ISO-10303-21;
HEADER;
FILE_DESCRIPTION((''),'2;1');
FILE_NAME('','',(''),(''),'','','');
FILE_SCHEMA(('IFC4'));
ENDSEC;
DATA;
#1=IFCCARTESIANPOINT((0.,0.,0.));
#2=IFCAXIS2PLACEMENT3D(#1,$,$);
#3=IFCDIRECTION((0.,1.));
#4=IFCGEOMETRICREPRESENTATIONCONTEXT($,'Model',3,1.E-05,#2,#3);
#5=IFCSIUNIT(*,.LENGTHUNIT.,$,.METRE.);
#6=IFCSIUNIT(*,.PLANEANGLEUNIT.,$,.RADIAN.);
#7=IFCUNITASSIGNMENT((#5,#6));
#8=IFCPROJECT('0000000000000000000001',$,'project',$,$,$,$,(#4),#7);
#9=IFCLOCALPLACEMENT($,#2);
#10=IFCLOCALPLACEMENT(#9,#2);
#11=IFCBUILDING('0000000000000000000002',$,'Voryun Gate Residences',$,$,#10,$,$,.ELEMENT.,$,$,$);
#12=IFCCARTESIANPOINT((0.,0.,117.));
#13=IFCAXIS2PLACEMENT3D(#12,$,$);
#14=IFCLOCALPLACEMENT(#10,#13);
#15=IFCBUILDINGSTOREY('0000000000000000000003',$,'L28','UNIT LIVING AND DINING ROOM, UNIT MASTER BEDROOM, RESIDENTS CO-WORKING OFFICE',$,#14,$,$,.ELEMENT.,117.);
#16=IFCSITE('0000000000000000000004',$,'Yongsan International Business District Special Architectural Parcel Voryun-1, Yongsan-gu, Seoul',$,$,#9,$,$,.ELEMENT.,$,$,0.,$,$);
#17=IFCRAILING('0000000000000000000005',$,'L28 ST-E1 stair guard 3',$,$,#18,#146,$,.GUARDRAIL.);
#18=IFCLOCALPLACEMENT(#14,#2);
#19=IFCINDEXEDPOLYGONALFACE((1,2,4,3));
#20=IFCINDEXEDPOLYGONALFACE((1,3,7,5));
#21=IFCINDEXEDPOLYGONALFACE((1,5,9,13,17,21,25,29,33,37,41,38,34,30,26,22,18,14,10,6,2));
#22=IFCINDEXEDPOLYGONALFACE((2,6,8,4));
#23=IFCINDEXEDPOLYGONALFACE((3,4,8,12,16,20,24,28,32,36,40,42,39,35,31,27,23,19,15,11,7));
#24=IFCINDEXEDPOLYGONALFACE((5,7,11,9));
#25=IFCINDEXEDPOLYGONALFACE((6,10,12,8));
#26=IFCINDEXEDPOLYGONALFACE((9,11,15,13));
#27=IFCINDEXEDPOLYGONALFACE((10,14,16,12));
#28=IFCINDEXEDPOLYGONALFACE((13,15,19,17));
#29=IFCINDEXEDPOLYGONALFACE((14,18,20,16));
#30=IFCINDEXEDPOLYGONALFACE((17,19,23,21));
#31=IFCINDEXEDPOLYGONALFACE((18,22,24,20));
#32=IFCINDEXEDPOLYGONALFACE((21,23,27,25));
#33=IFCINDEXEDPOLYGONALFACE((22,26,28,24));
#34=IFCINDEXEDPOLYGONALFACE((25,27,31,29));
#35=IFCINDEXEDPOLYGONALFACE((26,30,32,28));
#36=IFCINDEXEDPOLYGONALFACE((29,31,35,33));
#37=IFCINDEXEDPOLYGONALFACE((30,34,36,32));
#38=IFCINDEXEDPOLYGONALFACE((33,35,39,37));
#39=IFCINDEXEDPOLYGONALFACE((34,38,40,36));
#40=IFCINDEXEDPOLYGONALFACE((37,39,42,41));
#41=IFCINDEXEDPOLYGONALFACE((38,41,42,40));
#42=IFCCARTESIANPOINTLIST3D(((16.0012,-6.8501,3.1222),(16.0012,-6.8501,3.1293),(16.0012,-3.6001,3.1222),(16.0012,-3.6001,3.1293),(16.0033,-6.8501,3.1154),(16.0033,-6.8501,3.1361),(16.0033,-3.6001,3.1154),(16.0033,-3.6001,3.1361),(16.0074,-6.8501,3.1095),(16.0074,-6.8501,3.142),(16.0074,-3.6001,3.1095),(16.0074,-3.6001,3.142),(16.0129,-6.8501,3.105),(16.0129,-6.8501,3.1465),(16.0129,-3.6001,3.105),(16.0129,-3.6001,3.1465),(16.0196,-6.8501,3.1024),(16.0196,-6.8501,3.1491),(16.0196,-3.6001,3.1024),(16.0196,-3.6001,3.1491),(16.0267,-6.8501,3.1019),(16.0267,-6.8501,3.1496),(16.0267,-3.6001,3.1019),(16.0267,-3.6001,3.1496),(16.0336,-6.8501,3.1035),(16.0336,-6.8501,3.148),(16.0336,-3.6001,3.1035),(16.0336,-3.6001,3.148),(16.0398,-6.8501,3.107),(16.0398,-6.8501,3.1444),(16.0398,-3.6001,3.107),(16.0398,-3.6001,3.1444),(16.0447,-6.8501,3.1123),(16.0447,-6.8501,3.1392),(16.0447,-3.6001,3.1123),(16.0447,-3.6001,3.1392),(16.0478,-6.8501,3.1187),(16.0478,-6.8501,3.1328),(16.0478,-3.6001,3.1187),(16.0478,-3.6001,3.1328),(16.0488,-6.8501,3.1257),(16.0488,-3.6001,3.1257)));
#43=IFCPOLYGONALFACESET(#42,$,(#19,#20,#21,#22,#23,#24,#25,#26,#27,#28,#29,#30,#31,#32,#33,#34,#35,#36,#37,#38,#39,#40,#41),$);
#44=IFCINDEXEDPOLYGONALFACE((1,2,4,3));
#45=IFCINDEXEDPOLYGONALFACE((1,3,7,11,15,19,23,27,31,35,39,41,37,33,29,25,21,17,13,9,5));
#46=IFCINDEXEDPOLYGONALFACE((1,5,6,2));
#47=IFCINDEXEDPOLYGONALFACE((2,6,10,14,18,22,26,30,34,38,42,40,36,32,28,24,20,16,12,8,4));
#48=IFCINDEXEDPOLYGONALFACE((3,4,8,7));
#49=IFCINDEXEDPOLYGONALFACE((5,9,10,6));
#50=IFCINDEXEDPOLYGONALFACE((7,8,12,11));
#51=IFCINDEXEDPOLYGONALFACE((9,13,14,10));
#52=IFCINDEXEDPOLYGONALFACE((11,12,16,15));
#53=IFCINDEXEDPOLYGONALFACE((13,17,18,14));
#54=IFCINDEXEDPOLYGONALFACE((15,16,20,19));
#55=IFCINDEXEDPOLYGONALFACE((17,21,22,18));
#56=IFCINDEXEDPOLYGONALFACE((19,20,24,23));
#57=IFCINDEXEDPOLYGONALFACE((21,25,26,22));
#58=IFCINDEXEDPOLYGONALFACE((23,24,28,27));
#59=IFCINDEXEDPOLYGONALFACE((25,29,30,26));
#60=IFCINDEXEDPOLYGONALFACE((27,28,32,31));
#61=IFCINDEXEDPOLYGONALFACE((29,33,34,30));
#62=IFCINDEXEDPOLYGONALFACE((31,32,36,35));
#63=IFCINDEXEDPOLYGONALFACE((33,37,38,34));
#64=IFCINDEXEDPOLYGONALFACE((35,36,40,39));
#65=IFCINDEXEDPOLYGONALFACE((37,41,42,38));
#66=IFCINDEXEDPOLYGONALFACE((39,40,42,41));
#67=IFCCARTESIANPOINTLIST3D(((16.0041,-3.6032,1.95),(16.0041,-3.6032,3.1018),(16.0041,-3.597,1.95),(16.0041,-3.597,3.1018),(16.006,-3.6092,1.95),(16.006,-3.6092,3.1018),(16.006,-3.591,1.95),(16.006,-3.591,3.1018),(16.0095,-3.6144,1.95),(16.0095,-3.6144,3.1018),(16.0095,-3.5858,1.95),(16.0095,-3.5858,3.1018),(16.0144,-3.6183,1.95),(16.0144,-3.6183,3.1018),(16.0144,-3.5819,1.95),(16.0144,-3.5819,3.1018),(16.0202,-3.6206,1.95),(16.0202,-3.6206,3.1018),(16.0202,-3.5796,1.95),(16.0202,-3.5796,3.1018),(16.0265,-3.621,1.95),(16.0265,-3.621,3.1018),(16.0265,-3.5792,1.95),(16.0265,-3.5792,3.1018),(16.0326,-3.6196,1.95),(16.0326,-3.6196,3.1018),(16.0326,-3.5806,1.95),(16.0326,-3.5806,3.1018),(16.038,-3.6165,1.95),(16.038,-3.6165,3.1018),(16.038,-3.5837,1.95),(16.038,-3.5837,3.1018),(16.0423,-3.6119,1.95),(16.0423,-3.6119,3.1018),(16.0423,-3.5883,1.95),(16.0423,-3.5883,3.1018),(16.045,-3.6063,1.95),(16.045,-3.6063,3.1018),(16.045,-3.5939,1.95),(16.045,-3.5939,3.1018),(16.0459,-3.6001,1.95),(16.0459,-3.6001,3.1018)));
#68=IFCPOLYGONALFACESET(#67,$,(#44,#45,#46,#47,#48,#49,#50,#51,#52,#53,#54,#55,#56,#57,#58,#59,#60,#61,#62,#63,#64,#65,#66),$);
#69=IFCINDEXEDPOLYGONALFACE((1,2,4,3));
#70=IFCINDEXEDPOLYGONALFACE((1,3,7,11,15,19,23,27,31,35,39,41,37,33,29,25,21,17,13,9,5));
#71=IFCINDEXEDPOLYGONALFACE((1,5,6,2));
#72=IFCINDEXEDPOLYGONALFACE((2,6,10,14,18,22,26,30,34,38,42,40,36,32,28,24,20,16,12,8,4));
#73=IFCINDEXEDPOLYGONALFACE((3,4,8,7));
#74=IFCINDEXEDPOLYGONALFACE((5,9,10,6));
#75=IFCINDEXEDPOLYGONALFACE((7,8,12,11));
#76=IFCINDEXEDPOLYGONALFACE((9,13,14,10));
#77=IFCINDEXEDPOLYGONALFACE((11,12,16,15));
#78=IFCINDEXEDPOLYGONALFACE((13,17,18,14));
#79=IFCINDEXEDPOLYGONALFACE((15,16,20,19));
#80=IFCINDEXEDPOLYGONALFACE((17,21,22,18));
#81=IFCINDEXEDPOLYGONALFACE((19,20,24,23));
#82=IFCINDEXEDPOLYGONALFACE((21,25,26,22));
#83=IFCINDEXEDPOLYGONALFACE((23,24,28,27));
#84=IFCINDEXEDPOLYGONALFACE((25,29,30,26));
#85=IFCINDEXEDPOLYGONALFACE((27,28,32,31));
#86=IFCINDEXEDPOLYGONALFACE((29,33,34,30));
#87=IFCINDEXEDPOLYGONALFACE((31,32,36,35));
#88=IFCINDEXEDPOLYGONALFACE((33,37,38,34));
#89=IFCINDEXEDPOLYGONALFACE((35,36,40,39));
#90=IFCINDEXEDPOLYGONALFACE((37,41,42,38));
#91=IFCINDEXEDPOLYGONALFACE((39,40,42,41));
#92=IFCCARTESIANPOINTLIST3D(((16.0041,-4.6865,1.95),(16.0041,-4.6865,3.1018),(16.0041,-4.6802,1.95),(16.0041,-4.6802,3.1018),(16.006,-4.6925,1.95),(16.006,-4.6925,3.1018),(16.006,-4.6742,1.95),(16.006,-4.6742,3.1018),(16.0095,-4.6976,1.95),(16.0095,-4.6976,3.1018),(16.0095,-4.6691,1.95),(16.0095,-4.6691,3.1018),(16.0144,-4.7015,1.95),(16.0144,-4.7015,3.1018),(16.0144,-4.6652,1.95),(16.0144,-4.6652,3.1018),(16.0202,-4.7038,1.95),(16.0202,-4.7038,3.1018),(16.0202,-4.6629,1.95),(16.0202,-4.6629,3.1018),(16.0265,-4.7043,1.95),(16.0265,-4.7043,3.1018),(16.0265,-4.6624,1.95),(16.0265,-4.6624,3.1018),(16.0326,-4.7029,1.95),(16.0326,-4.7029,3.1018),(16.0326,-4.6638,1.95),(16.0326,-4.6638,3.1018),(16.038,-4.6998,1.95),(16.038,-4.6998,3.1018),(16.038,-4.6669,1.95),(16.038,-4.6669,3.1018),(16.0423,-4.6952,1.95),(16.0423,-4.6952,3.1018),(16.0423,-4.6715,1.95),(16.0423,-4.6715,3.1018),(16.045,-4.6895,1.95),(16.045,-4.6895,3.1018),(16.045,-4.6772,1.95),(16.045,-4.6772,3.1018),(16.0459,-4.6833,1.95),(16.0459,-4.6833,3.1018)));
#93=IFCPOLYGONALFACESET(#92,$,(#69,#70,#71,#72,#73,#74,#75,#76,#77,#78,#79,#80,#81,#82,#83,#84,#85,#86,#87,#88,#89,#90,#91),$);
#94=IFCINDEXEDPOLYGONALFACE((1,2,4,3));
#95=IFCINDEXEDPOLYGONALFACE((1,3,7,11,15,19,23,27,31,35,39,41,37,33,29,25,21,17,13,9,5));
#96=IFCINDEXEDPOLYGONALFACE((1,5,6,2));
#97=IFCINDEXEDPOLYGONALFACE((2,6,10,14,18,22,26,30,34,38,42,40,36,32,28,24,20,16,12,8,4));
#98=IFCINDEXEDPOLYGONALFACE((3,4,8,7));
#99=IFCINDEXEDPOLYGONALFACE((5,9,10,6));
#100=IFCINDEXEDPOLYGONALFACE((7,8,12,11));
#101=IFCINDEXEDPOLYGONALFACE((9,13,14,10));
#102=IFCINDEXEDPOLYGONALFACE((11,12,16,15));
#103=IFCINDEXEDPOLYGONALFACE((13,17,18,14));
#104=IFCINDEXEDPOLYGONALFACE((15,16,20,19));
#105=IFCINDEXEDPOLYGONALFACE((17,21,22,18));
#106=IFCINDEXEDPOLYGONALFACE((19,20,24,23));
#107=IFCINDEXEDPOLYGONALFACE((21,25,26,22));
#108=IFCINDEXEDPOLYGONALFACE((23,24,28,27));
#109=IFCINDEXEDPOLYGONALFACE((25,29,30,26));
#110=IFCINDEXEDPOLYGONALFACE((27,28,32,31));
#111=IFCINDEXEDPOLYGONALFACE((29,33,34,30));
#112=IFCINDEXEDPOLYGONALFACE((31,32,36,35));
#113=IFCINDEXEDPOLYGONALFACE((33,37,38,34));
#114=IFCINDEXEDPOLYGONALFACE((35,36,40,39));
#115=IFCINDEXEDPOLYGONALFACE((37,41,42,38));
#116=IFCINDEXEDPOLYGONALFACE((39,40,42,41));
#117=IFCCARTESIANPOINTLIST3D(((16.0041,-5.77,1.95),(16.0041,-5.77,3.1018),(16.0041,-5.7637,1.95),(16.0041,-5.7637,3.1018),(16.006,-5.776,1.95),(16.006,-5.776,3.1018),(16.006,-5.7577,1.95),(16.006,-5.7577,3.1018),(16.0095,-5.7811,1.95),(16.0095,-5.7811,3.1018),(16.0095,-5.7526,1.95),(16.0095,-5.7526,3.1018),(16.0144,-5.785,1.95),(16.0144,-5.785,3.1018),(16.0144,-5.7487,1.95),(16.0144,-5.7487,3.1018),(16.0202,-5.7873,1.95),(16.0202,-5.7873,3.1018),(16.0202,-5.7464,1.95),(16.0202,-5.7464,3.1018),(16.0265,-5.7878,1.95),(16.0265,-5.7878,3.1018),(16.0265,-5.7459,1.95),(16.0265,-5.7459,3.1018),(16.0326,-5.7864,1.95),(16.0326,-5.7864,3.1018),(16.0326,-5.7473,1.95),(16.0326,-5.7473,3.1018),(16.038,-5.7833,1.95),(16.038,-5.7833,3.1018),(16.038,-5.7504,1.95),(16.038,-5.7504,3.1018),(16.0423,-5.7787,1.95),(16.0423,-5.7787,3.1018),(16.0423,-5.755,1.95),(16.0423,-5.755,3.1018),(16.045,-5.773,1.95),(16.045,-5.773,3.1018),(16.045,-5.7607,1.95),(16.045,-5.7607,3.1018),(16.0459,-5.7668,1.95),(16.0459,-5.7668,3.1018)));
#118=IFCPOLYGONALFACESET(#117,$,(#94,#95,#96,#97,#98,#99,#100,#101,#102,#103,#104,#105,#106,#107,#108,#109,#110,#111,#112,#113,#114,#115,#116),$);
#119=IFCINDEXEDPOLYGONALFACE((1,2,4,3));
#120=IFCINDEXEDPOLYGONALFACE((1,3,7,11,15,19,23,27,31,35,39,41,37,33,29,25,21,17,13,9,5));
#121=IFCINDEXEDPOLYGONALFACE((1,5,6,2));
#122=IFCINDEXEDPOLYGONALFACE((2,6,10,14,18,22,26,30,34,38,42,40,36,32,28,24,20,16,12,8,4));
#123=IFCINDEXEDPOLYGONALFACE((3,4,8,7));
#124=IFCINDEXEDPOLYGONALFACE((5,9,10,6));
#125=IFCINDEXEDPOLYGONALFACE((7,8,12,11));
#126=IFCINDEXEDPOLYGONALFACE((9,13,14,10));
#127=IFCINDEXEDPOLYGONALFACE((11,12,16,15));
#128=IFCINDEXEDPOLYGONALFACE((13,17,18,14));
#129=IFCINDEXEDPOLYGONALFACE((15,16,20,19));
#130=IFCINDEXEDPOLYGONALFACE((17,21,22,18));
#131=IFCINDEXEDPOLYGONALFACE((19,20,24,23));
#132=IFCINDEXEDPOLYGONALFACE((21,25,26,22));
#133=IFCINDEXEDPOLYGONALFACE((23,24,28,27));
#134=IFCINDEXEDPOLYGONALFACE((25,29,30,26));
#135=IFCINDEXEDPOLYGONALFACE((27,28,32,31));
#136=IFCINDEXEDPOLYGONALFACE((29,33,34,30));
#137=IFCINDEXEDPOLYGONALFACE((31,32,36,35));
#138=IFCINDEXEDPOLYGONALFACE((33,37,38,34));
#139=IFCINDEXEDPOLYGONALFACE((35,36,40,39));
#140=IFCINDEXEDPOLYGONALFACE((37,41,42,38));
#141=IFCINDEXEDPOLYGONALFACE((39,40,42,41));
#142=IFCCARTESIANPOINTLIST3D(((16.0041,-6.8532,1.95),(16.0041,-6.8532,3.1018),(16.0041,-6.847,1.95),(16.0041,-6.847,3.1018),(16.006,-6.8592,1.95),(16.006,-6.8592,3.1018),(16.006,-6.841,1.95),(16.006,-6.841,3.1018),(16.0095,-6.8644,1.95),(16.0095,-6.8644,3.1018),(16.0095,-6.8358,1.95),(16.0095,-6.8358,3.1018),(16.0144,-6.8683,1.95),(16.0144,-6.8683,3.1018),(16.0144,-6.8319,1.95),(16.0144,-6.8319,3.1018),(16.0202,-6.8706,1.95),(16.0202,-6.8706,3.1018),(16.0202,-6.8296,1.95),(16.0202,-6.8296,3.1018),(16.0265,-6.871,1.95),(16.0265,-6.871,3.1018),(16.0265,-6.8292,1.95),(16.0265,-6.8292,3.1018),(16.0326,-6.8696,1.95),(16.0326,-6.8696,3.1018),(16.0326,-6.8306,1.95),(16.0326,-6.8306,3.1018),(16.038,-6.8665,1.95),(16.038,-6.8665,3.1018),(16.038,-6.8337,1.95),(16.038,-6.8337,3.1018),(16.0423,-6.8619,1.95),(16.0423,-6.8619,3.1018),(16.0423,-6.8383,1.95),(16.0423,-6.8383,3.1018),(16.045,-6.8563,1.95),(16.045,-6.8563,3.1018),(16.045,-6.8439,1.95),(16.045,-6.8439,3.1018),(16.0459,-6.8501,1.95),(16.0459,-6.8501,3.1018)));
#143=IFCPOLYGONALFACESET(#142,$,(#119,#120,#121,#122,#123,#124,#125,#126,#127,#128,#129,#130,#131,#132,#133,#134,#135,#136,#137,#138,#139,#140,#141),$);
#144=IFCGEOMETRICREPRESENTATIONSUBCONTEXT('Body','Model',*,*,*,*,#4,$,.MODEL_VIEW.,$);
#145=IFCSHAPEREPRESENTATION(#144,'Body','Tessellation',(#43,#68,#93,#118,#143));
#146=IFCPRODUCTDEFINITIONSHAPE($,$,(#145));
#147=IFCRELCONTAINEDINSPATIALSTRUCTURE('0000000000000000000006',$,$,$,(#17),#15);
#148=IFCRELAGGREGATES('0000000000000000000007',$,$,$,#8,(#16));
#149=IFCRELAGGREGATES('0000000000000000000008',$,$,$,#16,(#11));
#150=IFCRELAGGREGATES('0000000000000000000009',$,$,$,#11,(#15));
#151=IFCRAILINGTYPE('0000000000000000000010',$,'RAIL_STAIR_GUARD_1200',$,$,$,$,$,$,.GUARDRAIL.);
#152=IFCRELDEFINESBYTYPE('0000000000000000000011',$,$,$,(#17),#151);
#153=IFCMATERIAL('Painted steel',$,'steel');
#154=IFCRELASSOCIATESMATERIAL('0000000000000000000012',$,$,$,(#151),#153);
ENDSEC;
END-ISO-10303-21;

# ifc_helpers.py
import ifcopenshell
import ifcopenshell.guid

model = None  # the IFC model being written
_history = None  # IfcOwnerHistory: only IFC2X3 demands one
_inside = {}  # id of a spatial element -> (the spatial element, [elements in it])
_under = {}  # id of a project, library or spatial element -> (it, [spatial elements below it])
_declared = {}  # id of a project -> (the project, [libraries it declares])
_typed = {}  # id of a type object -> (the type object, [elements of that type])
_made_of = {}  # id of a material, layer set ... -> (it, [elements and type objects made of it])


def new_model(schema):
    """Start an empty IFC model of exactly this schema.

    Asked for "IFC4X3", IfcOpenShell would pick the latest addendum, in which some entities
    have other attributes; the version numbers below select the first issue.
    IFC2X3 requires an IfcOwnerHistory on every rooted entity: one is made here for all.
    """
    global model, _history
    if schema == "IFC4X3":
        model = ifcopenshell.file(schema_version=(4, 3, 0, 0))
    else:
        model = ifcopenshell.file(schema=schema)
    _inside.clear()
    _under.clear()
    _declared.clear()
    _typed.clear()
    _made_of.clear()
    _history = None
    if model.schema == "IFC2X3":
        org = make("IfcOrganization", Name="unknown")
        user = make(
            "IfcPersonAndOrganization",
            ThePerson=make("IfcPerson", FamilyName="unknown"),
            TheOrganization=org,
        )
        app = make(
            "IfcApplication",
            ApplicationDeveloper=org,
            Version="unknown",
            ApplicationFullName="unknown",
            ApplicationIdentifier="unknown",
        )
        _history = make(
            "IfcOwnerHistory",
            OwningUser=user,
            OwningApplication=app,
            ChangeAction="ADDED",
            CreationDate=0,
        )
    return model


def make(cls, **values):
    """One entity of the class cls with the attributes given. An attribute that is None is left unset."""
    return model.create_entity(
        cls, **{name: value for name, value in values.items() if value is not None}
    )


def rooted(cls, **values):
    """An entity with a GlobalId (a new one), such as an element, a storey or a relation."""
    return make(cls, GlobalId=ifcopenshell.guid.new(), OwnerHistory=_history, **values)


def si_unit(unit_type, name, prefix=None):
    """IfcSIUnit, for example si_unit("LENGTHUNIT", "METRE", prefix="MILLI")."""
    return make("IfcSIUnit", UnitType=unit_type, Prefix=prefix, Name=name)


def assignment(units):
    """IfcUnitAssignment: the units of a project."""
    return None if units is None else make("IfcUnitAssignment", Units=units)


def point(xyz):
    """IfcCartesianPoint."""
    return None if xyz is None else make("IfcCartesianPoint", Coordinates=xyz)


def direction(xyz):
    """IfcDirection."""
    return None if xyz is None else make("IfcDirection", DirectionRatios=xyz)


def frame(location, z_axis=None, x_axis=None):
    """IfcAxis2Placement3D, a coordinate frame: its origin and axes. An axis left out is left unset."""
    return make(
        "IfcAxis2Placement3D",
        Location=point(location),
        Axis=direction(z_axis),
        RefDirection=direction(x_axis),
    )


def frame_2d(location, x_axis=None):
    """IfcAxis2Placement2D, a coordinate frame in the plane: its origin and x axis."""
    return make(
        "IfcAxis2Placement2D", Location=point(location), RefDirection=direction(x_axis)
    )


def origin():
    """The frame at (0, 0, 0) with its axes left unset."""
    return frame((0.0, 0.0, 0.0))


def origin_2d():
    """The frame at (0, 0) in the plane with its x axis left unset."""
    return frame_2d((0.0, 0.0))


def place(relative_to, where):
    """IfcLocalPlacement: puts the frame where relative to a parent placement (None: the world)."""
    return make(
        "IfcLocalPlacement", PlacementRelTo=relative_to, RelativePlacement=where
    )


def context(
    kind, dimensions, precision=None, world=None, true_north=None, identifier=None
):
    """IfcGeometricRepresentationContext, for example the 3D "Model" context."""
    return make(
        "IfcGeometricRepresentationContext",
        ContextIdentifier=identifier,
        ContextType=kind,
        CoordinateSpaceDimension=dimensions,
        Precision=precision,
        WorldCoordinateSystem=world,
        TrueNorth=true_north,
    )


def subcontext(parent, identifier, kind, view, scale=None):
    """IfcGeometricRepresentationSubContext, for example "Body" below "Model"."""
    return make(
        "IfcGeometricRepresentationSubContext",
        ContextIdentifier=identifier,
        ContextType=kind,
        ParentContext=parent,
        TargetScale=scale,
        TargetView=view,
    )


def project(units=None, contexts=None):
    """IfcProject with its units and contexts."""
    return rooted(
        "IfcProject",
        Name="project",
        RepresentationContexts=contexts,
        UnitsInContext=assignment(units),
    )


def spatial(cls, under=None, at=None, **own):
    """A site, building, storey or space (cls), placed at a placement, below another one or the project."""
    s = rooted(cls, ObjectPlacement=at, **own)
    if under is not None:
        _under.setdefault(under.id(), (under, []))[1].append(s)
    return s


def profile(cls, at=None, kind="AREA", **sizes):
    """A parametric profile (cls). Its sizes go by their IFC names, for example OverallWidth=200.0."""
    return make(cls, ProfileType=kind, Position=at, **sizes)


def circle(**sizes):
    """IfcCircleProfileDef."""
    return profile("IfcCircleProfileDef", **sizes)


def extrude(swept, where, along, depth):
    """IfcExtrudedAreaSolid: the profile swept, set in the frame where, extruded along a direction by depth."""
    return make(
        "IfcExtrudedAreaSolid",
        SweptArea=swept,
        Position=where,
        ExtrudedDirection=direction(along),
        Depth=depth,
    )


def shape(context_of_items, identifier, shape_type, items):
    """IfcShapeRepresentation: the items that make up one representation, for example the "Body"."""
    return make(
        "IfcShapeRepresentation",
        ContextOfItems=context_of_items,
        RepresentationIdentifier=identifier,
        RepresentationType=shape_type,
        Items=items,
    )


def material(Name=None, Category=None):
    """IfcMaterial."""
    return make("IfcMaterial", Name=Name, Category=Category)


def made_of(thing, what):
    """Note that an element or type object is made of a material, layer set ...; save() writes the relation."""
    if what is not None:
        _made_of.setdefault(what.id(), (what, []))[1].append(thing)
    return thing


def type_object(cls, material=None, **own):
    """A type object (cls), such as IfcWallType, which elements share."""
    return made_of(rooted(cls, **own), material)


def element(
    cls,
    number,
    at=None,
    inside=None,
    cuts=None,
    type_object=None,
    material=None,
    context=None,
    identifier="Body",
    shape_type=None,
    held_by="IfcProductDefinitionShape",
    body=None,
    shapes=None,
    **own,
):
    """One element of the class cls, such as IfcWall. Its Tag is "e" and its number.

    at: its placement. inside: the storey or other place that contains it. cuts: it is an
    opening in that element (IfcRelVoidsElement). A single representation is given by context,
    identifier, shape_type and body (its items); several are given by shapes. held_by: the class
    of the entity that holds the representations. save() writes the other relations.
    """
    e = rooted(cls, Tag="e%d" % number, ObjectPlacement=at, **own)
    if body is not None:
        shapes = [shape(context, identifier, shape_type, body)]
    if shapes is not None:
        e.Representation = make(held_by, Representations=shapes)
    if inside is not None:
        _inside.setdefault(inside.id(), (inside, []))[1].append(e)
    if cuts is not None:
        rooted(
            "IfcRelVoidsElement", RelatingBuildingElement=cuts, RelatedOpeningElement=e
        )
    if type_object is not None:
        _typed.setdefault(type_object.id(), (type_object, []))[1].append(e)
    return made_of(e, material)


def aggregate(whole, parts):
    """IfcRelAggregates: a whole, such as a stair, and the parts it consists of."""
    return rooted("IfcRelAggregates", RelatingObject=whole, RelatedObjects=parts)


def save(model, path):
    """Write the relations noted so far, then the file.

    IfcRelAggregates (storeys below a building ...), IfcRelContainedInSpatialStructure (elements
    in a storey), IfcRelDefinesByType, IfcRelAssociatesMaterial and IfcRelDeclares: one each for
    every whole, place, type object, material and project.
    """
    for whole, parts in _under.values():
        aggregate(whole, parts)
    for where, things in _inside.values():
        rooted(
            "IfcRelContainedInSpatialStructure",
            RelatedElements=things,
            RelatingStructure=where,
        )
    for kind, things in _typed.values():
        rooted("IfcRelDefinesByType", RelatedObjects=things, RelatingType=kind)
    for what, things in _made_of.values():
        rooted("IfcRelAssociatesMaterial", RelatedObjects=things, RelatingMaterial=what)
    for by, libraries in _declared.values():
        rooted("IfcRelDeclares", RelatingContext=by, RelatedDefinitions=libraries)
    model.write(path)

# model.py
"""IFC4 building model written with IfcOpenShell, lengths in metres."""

from ifc_helpers import new_model, si_unit, direction, frame, origin, origin_2d, place, context, subcontext, project, spatial, circle, extrude, material, type_object, element, save


model = new_model("IFC4")

# Units and contexts
model_context = context("Model", 3, precision=1e-05, world=origin(), true_north=direction((0.0, 1.0)))
body_context = subcontext(model_context, "Body", "Model", "MODEL_VIEW")
ifc_project = project(units=[si_unit("LENGTHUNIT", "METRE"), si_unit("PLANEANGLEUNIT", "RADIAN")], contexts=[model_context])

# Site, building, storey
site_placement = place(None, origin())
site = spatial("IfcSite", under=ifc_project, at=site_placement, Name="Yongsan International Business District Special Architectural Parcel Voryun-1, Yongsan-gu, Seoul", CompositionType="ELEMENT", RefElevation=0.0)
building_placement = place(site_placement, origin())
building = spatial("IfcBuilding", under=site, at=building_placement, Name="Voryun Gate Residences", CompositionType="ELEMENT")
storey_placement = place(building_placement, frame((0.0, 0.0, 117.0)))
storey = spatial("IfcBuildingStorey", under=building, at=storey_placement, Name="L28", Description="UNIT LIVING AND DINING ROOM, UNIT MASTER BEDROOM, RESIDENTS CO-WORKING OFFICE", CompositionType="ELEMENT", Elevation=117.0)

# Railing
ifc_material_1 = material(Name="Painted steel", Category="steel")
railing_type_1 = type_object("IfcRailingType", Name="RAIL_STAIR_GUARD_1200", PredefinedType="GUARDRAIL", material=ifc_material_1)
for number, where, name in (
    (1, (16.0249, -3.6001, 1.95), "L28 ST-E1 stair guard 3"),
):
    element("IfcRailing", number, at=place(storey_placement, frame(where)), inside=storey, type_object=railing_type_1, Name=name, PredefinedType="GUARDRAIL", context=body_context, shape_type="SweptSolid", body=[
        extrude(circle(Radius=0.0239, at=origin_2d()), frame((0.0, 0.0, 1.1758), z_axis=(0.0, -1.0, 0.0), x_axis=(1.0, 0.0, 0.0)), (0.0, 0.0, 1.0), 3.25),
        extrude(circle(Radius=0.021, at=origin_2d()), origin(), (0.0, 0.0, 1.0), 1.1519),
        extrude(circle(Radius=0.021, at=origin_2d()), frame((0.0, -1.0833, 0.0)), (0.0, 0.0, 1.0), 1.1519),
        extrude(circle(Radius=0.021, at=origin_2d()), frame((0.0, -2.1667, 0.0)), (0.0, 0.0, 1.0), 1.1519),
        extrude(circle(Radius=0.021, at=origin_2d()), frame((0.0, -3.25, 0.0)), (0.0, 0.0, 1.0), 1.1519),
    ])

save(model, "model.ifc")
